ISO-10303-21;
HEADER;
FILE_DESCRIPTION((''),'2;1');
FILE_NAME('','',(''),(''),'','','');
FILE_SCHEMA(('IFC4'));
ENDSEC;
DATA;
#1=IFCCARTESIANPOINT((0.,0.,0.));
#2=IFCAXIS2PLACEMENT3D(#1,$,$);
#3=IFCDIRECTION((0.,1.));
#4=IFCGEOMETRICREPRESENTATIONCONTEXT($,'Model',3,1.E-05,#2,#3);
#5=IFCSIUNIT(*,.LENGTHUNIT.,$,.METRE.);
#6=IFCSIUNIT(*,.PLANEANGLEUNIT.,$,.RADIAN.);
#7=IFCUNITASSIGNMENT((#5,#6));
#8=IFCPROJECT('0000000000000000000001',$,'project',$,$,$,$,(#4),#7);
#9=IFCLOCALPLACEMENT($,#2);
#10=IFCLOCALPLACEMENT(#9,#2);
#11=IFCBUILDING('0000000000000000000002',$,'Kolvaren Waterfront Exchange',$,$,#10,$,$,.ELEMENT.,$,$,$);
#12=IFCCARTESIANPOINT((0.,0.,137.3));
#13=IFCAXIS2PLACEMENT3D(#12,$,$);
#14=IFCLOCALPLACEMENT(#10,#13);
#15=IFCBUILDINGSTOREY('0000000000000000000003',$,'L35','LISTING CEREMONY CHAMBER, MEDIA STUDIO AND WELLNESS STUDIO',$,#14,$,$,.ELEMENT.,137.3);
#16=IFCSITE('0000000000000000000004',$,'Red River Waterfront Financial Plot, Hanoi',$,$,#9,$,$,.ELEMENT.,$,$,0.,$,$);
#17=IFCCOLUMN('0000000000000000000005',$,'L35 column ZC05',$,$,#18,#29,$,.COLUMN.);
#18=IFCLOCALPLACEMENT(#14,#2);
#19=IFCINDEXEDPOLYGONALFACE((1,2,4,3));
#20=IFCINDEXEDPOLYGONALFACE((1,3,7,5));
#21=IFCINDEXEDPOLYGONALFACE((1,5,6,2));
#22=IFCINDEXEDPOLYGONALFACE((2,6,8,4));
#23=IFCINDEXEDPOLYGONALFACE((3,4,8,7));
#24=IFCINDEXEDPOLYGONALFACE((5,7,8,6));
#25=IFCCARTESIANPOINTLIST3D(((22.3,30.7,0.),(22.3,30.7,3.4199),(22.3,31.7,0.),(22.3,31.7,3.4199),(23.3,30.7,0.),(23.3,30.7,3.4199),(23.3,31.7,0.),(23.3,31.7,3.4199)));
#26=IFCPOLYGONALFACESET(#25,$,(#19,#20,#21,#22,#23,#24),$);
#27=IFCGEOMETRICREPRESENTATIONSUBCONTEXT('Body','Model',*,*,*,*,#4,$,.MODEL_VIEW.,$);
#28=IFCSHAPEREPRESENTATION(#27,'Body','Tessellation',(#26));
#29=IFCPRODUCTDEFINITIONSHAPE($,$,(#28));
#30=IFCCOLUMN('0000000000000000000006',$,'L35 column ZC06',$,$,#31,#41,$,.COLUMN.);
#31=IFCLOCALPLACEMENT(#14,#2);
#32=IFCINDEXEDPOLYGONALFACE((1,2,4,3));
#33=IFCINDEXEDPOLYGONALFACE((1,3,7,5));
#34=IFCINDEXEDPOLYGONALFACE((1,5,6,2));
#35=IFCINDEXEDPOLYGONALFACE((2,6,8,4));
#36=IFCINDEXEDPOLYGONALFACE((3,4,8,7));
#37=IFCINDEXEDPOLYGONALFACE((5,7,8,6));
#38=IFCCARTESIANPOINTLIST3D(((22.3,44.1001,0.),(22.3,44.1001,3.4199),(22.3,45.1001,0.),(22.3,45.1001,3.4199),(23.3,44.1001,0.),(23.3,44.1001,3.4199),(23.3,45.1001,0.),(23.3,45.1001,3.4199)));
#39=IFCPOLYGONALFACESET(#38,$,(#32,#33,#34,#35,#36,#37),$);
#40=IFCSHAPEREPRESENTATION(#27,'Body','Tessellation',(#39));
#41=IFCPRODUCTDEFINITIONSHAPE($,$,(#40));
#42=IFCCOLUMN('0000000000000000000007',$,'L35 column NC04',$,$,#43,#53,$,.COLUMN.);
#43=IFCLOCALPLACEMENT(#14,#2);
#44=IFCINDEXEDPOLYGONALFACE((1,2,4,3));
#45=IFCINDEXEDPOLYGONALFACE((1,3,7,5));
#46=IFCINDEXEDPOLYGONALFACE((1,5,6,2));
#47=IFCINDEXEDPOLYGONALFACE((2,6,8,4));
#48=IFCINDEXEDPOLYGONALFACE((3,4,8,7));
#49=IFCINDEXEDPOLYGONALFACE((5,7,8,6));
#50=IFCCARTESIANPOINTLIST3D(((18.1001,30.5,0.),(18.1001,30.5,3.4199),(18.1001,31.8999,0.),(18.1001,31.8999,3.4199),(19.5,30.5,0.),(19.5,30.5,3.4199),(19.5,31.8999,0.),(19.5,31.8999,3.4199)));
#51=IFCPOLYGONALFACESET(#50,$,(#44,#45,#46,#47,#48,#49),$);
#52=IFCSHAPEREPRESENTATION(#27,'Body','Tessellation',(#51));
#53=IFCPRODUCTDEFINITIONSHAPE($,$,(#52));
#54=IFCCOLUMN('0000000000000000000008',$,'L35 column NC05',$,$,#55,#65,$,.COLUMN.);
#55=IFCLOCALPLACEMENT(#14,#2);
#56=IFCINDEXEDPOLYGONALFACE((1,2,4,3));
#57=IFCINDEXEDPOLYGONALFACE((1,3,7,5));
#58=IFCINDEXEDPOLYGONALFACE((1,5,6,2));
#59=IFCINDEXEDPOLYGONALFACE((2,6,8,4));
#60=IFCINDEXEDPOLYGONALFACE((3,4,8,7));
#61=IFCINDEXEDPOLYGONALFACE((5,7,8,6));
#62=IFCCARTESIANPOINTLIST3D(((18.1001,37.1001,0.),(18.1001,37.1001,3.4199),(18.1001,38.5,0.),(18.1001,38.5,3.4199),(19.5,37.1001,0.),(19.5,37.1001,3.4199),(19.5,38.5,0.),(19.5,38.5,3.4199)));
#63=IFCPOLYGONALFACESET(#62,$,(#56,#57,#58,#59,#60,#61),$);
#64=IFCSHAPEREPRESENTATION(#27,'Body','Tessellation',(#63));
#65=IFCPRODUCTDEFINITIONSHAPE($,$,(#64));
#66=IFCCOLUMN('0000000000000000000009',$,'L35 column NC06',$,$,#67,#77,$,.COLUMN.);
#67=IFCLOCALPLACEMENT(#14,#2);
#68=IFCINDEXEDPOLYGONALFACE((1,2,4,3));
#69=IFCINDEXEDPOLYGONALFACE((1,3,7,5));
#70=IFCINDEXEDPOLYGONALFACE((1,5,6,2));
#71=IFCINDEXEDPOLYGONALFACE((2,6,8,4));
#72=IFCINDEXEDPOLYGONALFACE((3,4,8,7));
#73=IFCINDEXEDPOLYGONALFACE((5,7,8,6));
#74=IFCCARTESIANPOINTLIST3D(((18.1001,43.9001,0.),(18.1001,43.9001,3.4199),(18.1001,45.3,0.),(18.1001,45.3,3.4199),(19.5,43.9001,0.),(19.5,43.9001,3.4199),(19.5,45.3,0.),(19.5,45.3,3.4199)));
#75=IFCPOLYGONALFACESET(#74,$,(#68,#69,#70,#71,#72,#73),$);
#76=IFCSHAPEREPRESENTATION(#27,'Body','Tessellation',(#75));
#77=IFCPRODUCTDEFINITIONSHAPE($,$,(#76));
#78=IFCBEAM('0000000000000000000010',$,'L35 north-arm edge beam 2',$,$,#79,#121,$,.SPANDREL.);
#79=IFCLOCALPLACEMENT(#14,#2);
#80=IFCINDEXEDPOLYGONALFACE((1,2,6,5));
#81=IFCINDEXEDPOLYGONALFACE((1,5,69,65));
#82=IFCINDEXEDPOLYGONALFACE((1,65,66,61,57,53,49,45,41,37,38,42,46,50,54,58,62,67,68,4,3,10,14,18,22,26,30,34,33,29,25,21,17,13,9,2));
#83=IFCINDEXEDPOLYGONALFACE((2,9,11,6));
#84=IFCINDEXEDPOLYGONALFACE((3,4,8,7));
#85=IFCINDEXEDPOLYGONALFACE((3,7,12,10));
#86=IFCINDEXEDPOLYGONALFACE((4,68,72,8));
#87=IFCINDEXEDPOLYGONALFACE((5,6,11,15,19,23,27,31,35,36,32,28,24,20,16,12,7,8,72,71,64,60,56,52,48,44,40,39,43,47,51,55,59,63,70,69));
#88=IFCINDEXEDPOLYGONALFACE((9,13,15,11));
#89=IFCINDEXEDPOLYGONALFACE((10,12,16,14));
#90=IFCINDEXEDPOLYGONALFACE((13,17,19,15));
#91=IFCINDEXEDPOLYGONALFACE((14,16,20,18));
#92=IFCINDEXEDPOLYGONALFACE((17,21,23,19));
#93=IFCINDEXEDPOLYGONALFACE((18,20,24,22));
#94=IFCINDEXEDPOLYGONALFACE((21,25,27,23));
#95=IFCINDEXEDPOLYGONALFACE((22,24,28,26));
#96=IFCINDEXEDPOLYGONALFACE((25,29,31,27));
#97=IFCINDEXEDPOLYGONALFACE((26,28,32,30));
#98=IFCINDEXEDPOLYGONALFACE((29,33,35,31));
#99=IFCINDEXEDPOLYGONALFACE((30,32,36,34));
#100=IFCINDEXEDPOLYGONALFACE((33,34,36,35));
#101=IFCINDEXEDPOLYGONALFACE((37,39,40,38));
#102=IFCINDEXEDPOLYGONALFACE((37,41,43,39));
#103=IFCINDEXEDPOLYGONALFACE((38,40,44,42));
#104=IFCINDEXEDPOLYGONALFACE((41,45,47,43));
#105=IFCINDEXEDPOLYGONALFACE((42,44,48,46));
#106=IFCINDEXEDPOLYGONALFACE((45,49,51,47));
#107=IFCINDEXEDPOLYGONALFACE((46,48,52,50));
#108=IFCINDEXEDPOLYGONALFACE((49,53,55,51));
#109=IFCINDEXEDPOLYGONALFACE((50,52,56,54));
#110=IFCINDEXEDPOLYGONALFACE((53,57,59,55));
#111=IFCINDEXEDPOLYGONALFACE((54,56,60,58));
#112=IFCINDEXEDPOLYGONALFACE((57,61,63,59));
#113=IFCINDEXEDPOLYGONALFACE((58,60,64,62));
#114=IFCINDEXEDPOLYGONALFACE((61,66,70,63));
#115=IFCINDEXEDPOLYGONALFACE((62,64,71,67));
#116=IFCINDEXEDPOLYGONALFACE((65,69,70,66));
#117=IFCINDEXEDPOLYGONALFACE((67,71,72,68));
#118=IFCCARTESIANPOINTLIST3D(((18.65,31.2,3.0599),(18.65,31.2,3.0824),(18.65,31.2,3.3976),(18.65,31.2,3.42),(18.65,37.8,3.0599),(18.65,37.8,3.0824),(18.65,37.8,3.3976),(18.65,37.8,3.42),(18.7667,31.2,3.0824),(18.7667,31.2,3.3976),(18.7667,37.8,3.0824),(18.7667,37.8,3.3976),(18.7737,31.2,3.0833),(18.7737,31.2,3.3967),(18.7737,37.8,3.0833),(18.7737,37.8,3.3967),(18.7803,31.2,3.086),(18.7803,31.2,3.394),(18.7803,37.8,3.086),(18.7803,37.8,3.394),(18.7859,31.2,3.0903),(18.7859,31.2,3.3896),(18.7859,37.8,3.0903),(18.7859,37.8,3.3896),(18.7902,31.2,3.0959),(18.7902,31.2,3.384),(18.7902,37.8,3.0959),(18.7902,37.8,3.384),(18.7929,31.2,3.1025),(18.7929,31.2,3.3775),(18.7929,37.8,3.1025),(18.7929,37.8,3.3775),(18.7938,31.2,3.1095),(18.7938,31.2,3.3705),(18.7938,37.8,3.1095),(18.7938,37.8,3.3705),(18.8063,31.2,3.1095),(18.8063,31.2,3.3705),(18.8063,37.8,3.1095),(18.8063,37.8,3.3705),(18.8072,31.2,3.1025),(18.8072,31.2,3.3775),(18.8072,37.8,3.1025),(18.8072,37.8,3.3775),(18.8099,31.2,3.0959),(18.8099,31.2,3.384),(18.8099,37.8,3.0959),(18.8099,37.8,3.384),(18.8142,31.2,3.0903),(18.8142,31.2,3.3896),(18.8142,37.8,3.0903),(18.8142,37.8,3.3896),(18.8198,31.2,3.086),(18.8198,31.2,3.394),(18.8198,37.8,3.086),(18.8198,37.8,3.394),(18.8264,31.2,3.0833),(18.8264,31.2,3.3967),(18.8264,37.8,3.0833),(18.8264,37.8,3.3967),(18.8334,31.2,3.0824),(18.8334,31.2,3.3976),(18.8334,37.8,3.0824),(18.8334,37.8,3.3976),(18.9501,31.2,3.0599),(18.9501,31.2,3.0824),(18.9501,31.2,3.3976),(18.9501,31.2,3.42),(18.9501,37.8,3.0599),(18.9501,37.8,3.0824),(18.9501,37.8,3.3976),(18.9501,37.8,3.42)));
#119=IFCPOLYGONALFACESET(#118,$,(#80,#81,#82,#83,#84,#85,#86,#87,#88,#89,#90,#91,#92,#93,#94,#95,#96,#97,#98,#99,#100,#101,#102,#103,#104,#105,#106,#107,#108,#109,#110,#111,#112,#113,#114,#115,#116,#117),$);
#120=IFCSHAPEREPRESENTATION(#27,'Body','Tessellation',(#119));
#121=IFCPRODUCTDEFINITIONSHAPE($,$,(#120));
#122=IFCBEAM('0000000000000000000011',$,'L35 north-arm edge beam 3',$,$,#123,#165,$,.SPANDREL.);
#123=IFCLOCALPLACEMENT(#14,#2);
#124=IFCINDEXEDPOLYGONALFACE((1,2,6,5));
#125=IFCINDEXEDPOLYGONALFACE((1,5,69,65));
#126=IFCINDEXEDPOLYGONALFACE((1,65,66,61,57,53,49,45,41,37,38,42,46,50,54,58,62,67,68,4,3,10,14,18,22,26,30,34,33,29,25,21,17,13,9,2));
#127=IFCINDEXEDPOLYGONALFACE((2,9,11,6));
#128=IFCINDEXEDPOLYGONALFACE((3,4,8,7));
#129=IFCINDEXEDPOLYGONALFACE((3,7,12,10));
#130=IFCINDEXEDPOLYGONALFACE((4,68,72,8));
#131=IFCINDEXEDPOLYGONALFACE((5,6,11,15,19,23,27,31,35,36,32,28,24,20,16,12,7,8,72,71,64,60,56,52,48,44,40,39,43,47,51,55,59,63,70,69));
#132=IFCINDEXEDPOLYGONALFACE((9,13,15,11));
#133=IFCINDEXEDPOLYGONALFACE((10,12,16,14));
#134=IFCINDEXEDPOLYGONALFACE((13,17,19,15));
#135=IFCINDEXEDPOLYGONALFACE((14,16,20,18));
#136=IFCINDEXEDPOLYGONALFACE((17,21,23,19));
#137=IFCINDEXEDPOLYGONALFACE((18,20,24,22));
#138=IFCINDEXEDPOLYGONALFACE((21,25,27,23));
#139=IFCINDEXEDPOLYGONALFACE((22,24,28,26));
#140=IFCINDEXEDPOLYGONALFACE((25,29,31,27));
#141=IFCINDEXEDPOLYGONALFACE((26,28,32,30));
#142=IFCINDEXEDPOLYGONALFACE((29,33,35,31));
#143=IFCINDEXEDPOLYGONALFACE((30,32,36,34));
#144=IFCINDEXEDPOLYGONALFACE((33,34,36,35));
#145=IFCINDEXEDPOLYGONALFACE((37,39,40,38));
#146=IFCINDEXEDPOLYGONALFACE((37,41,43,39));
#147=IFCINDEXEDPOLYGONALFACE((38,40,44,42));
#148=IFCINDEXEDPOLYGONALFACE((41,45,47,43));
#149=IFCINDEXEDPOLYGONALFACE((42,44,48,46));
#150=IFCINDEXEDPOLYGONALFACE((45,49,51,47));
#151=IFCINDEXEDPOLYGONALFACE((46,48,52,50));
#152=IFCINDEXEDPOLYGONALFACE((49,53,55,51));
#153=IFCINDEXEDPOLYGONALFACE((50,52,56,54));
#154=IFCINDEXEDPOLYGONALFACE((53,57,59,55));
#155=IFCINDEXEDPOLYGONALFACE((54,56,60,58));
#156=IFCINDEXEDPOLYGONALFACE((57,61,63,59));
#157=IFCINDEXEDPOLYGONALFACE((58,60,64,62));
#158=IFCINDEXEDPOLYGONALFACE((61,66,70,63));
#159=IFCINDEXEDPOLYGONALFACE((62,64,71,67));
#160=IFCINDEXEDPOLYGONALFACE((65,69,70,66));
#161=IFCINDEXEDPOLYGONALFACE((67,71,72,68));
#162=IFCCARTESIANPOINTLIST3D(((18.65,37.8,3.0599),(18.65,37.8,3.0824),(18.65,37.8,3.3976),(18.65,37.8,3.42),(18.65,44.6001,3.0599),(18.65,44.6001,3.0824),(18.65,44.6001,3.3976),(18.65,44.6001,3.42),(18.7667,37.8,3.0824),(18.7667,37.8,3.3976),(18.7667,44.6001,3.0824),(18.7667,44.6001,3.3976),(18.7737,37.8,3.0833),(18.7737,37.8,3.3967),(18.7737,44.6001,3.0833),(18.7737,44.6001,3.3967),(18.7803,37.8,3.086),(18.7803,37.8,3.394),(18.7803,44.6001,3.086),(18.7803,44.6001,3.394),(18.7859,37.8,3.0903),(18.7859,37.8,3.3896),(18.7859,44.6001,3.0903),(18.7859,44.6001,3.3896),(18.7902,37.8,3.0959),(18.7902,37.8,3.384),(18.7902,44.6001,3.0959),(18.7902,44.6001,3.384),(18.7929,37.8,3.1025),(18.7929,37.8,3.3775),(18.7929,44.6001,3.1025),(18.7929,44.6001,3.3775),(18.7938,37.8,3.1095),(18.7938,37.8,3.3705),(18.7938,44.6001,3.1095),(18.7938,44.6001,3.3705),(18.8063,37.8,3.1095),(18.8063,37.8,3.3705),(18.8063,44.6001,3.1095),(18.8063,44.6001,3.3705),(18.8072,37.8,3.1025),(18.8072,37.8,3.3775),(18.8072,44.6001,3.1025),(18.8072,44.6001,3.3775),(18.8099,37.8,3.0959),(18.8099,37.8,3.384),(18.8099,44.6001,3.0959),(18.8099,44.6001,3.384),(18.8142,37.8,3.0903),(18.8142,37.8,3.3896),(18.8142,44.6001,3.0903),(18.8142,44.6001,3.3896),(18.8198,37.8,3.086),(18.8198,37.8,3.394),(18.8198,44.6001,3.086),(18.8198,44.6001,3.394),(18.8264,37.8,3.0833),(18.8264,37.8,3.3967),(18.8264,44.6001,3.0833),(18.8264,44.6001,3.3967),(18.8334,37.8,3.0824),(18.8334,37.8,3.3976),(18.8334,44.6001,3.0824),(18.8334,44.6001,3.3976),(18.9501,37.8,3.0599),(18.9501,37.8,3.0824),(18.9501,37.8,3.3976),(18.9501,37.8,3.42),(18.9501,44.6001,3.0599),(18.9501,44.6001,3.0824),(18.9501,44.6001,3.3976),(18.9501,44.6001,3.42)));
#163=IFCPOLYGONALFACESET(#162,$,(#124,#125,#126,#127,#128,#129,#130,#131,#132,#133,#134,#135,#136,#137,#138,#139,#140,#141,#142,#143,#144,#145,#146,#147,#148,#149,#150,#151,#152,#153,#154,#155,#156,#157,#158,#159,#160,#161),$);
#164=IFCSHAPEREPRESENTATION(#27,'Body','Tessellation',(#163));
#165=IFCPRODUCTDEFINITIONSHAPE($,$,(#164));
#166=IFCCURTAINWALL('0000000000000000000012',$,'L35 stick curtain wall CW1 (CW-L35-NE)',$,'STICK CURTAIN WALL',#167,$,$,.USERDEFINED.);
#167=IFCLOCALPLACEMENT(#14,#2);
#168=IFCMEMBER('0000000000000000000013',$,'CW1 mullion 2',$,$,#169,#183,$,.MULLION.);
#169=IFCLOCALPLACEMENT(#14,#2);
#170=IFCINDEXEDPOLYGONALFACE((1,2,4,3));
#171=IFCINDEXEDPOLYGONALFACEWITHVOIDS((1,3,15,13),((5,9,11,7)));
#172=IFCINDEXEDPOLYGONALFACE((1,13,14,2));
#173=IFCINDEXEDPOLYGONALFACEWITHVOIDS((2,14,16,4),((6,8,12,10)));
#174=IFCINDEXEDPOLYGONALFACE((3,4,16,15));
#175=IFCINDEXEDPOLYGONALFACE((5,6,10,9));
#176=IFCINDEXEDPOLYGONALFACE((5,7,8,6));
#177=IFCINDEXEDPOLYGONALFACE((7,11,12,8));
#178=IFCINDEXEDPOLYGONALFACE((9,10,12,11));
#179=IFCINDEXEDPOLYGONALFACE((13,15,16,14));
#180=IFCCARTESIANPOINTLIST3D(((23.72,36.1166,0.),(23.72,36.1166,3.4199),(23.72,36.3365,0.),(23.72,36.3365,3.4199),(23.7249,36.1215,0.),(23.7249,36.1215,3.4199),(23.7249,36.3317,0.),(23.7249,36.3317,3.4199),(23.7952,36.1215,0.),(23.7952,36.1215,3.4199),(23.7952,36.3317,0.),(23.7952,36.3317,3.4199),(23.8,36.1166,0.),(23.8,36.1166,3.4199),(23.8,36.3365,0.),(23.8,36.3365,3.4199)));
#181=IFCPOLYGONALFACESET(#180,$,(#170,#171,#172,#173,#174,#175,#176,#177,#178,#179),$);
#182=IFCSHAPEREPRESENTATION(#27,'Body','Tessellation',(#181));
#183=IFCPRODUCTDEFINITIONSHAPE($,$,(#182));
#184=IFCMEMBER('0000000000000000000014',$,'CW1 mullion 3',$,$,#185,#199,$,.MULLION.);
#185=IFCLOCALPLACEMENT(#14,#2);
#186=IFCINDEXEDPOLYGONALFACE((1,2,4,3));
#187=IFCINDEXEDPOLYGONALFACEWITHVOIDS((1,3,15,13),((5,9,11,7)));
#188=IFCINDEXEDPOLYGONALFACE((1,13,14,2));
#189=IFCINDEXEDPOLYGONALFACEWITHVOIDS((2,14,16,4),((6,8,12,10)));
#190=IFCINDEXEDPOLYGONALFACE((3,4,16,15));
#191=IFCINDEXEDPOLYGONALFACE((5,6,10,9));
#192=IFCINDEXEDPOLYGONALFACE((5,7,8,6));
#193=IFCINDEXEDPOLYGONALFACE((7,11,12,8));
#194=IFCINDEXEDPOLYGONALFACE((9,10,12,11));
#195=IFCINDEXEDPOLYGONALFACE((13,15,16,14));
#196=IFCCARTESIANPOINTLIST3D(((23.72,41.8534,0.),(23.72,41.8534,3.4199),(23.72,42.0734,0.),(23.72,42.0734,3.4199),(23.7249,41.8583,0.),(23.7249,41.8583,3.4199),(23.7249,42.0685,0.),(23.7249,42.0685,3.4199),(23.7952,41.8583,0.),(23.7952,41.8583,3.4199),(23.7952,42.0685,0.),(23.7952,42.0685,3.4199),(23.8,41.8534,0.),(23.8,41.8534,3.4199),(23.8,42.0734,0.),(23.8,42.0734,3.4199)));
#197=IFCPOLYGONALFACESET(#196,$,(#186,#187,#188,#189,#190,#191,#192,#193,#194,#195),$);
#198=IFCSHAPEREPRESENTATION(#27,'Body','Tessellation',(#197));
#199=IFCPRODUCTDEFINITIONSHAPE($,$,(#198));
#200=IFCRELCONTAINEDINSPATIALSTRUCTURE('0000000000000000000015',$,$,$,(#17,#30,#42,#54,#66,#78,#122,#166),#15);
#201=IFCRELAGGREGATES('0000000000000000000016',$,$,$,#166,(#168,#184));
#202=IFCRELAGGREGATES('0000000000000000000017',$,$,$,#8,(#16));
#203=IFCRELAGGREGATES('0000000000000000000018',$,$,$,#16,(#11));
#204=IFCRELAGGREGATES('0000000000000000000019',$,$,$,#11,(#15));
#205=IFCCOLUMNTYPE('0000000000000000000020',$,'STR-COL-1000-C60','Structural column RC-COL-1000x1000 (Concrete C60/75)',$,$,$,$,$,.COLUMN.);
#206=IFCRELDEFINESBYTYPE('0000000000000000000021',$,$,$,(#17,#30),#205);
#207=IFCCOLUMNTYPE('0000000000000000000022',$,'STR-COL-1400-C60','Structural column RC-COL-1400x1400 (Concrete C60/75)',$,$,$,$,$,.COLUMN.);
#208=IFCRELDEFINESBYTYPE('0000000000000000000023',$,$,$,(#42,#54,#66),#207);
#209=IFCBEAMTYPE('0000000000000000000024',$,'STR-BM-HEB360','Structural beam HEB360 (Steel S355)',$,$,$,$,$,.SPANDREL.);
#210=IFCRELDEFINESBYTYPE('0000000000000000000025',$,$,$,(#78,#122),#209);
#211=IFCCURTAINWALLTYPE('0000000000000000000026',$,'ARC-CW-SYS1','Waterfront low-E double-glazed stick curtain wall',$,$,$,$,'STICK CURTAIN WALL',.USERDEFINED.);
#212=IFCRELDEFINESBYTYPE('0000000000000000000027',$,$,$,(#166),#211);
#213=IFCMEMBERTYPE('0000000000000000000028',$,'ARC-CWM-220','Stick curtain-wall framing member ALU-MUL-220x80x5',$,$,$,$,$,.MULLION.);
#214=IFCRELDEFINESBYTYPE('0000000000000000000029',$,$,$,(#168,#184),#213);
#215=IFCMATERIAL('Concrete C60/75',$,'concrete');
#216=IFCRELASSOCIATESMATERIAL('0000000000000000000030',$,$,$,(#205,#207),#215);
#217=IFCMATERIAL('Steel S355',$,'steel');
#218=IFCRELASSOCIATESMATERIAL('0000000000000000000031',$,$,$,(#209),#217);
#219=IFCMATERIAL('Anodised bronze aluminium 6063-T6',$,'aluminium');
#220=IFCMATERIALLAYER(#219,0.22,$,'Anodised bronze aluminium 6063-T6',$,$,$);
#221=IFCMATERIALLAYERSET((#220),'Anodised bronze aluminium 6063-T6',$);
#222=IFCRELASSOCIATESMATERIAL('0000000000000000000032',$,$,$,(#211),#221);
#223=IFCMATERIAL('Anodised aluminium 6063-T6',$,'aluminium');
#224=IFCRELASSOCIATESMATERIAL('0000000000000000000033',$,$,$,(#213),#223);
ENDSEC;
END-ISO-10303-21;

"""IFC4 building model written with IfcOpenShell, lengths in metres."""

from ifc_helpers import new_model, si_unit, direction, frame, origin, origin_with_axes, origin_2d, place, context, subcontext, project, spatial, rectangle, hollow_rectangle, i_section, extrude, source, transform, mapped, material, layer, layer_set, material_profile, profile_set, type_object, element, aggregate, save


model = new_model("IFC4")

# Units and contexts
model_context = context("Model", 3, precision=1e-05, world=origin(), true_north=direction((0.0, 1.0)))
body_context = subcontext(model_context, "Body", "Model", "MODEL_VIEW")
ifc_project = project(units=[si_unit("LENGTHUNIT", "METRE"), si_unit("PLANEANGLEUNIT", "RADIAN")], contexts=[model_context])

# Site, building, storey
site_placement = place(None, origin())
site = spatial("IfcSite", under=ifc_project, at=site_placement, Name="Red River Waterfront Financial Plot, Hanoi", CompositionType="ELEMENT", RefElevation=0.0)
building_placement = place(site_placement, origin())
building = spatial("IfcBuilding", under=site, at=building_placement, Name="Kolvaren Waterfront Exchange", CompositionType="ELEMENT")
storey_placement = place(building_placement, frame((0.0, 0.0, 137.3)))
storey = spatial("IfcBuildingStorey", under=building, at=storey_placement, Name="L35", Description="LISTING CEREMONY CHAMBER, MEDIA STUDIO AND WELLNESS STUDIO", CompositionType="ELEMENT", Elevation=137.3)

# Columns
ifc_material_1 = material(Name="Concrete C60/75", Category="concrete")
ifc_material_profile_1 = material_profile(ifc_material_1, rectangle(XDim=1.0, YDim=1.0, at=origin_2d()), Name="RC-COL-1000x1000")
ifc_profile_set_1 = profile_set([ifc_material_profile_1], Name="Concrete C60/75")
column_type_1 = type_object("IfcColumnType", Name="STR-COL-1000-C60", Description="Structural column RC-COL-1000x1000 (Concrete C60/75)", PredefinedType="COLUMN", material=ifc_profile_set_1)
for number, where, z_axis, x_axis, name in (
    (1, (22.8, 31.2, 0.0), (0.0, 0.0, 1.0), (1.0, 0.0, 0.0), "L35 column ZC05"),
    (2, (22.8, 44.6001, 0.0), (0.0, 0.0, 1.0), (1.0, 0.0, 0.0), "L35 column ZC06"),
):
    element("IfcColumn", number, at=place(storey_placement, frame(where, z_axis=z_axis, x_axis=x_axis)), inside=storey, type_object=column_type_1, Name=name, PredefinedType="COLUMN", context=body_context, shape_type="SweptSolid", body=[
        extrude(rectangle(XDim=1.0, YDim=1.0, at=origin_2d()), origin(), (0.0, 0.0, 1.0), 3.4199),
    ])
ifc_material_profile_2 = material_profile(ifc_material_1, rectangle(XDim=1.3999, YDim=1.3999, at=origin_2d()), Name="RC-COL-1400x1400")
ifc_profile_set_2 = profile_set([ifc_material_profile_2], Name="Concrete C60/75")
column_type_2 = type_object("IfcColumnType", Name="STR-COL-1400-C60", Description="Structural column RC-COL-1400x1400 (Concrete C60/75)", PredefinedType="COLUMN", material=ifc_profile_set_2)
for number, where, z_axis, x_axis, name in (
    (3, (18.8, 31.2, 0.0), (0.0, 0.0, 1.0), (1.0, 0.0, 0.0), "L35 column NC04"),
    (4, (18.8, 37.8, 0.0), (0.0, 0.0, 1.0), (1.0, 0.0, 0.0), "L35 column NC05"),
    (5, (18.8, 44.6001, 0.0), (0.0, 0.0, 1.0), (1.0, 0.0, 0.0), "L35 column NC06"),
):
    element("IfcColumn", number, at=place(storey_placement, frame(where, z_axis=z_axis, x_axis=x_axis)), inside=storey, type_object=column_type_2, Name=name, PredefinedType="COLUMN", context=body_context, shape_type="SweptSolid", body=[
        extrude(rectangle(XDim=1.3999, YDim=1.3999, at=origin_2d()), origin(), (0.0, 0.0, 1.0), 3.4199),
    ])

# Beams
ifc_material_2 = material(Name="Steel S355", Category="steel")
ifc_material_profile_3 = material_profile(ifc_material_2, i_section(OverallWidth=0.3, OverallDepth=0.3601, WebThickness=0.0125, FlangeThickness=0.0225, FilletRadius=0.0271, at=origin_2d()), Name="HEB360")
ifc_profile_set_3 = profile_set([ifc_material_profile_3], Name="Steel S355")
beam_type = type_object("IfcBeamType", Name="STR-BM-HEB360", Description="Structural beam HEB360 (Steel S355)", PredefinedType="SPANDREL", material=ifc_profile_set_3)
beam_1_placement = place(storey_placement, frame((18.8, 31.2, 3.24), z_axis=(0.0, 1.0, 0.0), x_axis=(-1.0, 0.0, 0.0)))
element("IfcBeam", 6, at=beam_1_placement, inside=storey, type_object=beam_type, Name="L35 north-arm edge beam 2", PredefinedType="SPANDREL", context=body_context, shape_type="SweptSolid", body=[
    extrude(i_section(OverallWidth=0.3, OverallDepth=0.3601, WebThickness=0.0125, FlangeThickness=0.0225, FilletRadius=0.0271, at=origin_2d()), origin(), (0.0, 0.0, 1.0), 6.6001),
])
beam_2_placement = place(storey_placement, frame((18.8, 37.8, 3.24), z_axis=(0.0, 1.0, 0.0), x_axis=(-1.0, 0.0, 0.0)))
element("IfcBeam", 7, at=beam_2_placement, inside=storey, type_object=beam_type, Name="L35 north-arm edge beam 3", PredefinedType="SPANDREL", context=body_context, shape_type="SweptSolid", body=[
    extrude(i_section(OverallWidth=0.3, OverallDepth=0.3601, WebThickness=0.0125, FlangeThickness=0.0225, FilletRadius=0.0271, at=origin_2d()), origin(), (0.0, 0.0, 1.0), 6.8),
])

# Curtain wall, members
ifc_material_3 = material(Name="Anodised bronze aluminium 6063-T6", Category="aluminium")
ifc_layer_1 = layer(ifc_material_3, 0.22, Name="Anodised bronze aluminium 6063-T6")
ifc_layer_set_1 = layer_set([ifc_layer_1], Name="Anodised bronze aluminium 6063-T6")
curtain_wall_type = type_object("IfcCurtainWallType", Name="ARC-CW-SYS1", Description="Waterfront low-E double-glazed stick curtain wall", ElementType="STICK CURTAIN WALL", PredefinedType="USERDEFINED", material=ifc_layer_set_1)
curtain_wall_placement = place(storey_placement, origin())
curtain_wall = element("IfcCurtainWall", 8, at=curtain_wall_placement, inside=storey, type_object=curtain_wall_type, Name="L35 stick curtain wall CW1 (CW-L35-NE)", ObjectType="STICK CURTAIN WALL", PredefinedType="USERDEFINED")
ifc_material_4 = material(Name="Anodised aluminium 6063-T6", Category="aluminium")
ifc_material_profile_4 = material_profile(ifc_material_4, hollow_rectangle(XDim=0.0801, YDim=0.22, WallThickness=0.0049, at=origin_2d()), Name="ALU-MUL-220x80x5")
ifc_profile_set_4 = profile_set([ifc_material_profile_4], Name="Anodised aluminium 6063-T6")
member_type_1 = type_object("IfcMemberType", Name="ARC-CWM-220", Description="Stick curtain-wall framing member ALU-MUL-220x80x5", PredefinedType="MULLION", material=ifc_profile_set_4)
shared_shape_1 = source(origin_with_axes(), body_context, "Body", "SweptSolid", [
    extrude(hollow_rectangle(XDim=0.0801, YDim=0.22, WallThickness=0.0049, at=origin_2d()), origin(), (0.0, 0.0, 1.0), 3.4199),
])
member_1_placement = place(storey_placement, frame((23.76, 36.2266, 0.0), z_axis=(0.0, 0.0, 1.0), x_axis=(-1.0, 0.0, 0.0)))
member_1 = element("IfcMember", 9, at=member_1_placement, type_object=member_type_1, Name="CW1 mullion 2", PredefinedType="MULLION", context=body_context, shape_type="MappedRepresentation", body=[
    mapped(shared_shape_1, transform((0.0, 0.0, 0.0), x_axis=(1.0, 0.0, 0.0), y_axis=(0.0, 1.0, 0.0), z_axis=(0.0, 0.0, 1.0), scale=1.0)),
])
member_2_placement = place(storey_placement, frame((23.76, 41.9634, 0.0), z_axis=(0.0, 0.0, 1.0), x_axis=(-1.0, 0.0, 0.0)))
member_2 = element("IfcMember", 10, at=member_2_placement, type_object=member_type_1, Name="CW1 mullion 3", PredefinedType="MULLION", context=body_context, shape_type="MappedRepresentation", body=[
    mapped(shared_shape_1, transform((0.0, 0.0, 0.0), x_axis=(1.0, 0.0, 0.0), y_axis=(0.0, 1.0, 0.0), z_axis=(0.0, 0.0, 1.0), scale=1.0)),
])
aggregate(curtain_wall, [member_1, member_2])

save(model, "model.ifc")
